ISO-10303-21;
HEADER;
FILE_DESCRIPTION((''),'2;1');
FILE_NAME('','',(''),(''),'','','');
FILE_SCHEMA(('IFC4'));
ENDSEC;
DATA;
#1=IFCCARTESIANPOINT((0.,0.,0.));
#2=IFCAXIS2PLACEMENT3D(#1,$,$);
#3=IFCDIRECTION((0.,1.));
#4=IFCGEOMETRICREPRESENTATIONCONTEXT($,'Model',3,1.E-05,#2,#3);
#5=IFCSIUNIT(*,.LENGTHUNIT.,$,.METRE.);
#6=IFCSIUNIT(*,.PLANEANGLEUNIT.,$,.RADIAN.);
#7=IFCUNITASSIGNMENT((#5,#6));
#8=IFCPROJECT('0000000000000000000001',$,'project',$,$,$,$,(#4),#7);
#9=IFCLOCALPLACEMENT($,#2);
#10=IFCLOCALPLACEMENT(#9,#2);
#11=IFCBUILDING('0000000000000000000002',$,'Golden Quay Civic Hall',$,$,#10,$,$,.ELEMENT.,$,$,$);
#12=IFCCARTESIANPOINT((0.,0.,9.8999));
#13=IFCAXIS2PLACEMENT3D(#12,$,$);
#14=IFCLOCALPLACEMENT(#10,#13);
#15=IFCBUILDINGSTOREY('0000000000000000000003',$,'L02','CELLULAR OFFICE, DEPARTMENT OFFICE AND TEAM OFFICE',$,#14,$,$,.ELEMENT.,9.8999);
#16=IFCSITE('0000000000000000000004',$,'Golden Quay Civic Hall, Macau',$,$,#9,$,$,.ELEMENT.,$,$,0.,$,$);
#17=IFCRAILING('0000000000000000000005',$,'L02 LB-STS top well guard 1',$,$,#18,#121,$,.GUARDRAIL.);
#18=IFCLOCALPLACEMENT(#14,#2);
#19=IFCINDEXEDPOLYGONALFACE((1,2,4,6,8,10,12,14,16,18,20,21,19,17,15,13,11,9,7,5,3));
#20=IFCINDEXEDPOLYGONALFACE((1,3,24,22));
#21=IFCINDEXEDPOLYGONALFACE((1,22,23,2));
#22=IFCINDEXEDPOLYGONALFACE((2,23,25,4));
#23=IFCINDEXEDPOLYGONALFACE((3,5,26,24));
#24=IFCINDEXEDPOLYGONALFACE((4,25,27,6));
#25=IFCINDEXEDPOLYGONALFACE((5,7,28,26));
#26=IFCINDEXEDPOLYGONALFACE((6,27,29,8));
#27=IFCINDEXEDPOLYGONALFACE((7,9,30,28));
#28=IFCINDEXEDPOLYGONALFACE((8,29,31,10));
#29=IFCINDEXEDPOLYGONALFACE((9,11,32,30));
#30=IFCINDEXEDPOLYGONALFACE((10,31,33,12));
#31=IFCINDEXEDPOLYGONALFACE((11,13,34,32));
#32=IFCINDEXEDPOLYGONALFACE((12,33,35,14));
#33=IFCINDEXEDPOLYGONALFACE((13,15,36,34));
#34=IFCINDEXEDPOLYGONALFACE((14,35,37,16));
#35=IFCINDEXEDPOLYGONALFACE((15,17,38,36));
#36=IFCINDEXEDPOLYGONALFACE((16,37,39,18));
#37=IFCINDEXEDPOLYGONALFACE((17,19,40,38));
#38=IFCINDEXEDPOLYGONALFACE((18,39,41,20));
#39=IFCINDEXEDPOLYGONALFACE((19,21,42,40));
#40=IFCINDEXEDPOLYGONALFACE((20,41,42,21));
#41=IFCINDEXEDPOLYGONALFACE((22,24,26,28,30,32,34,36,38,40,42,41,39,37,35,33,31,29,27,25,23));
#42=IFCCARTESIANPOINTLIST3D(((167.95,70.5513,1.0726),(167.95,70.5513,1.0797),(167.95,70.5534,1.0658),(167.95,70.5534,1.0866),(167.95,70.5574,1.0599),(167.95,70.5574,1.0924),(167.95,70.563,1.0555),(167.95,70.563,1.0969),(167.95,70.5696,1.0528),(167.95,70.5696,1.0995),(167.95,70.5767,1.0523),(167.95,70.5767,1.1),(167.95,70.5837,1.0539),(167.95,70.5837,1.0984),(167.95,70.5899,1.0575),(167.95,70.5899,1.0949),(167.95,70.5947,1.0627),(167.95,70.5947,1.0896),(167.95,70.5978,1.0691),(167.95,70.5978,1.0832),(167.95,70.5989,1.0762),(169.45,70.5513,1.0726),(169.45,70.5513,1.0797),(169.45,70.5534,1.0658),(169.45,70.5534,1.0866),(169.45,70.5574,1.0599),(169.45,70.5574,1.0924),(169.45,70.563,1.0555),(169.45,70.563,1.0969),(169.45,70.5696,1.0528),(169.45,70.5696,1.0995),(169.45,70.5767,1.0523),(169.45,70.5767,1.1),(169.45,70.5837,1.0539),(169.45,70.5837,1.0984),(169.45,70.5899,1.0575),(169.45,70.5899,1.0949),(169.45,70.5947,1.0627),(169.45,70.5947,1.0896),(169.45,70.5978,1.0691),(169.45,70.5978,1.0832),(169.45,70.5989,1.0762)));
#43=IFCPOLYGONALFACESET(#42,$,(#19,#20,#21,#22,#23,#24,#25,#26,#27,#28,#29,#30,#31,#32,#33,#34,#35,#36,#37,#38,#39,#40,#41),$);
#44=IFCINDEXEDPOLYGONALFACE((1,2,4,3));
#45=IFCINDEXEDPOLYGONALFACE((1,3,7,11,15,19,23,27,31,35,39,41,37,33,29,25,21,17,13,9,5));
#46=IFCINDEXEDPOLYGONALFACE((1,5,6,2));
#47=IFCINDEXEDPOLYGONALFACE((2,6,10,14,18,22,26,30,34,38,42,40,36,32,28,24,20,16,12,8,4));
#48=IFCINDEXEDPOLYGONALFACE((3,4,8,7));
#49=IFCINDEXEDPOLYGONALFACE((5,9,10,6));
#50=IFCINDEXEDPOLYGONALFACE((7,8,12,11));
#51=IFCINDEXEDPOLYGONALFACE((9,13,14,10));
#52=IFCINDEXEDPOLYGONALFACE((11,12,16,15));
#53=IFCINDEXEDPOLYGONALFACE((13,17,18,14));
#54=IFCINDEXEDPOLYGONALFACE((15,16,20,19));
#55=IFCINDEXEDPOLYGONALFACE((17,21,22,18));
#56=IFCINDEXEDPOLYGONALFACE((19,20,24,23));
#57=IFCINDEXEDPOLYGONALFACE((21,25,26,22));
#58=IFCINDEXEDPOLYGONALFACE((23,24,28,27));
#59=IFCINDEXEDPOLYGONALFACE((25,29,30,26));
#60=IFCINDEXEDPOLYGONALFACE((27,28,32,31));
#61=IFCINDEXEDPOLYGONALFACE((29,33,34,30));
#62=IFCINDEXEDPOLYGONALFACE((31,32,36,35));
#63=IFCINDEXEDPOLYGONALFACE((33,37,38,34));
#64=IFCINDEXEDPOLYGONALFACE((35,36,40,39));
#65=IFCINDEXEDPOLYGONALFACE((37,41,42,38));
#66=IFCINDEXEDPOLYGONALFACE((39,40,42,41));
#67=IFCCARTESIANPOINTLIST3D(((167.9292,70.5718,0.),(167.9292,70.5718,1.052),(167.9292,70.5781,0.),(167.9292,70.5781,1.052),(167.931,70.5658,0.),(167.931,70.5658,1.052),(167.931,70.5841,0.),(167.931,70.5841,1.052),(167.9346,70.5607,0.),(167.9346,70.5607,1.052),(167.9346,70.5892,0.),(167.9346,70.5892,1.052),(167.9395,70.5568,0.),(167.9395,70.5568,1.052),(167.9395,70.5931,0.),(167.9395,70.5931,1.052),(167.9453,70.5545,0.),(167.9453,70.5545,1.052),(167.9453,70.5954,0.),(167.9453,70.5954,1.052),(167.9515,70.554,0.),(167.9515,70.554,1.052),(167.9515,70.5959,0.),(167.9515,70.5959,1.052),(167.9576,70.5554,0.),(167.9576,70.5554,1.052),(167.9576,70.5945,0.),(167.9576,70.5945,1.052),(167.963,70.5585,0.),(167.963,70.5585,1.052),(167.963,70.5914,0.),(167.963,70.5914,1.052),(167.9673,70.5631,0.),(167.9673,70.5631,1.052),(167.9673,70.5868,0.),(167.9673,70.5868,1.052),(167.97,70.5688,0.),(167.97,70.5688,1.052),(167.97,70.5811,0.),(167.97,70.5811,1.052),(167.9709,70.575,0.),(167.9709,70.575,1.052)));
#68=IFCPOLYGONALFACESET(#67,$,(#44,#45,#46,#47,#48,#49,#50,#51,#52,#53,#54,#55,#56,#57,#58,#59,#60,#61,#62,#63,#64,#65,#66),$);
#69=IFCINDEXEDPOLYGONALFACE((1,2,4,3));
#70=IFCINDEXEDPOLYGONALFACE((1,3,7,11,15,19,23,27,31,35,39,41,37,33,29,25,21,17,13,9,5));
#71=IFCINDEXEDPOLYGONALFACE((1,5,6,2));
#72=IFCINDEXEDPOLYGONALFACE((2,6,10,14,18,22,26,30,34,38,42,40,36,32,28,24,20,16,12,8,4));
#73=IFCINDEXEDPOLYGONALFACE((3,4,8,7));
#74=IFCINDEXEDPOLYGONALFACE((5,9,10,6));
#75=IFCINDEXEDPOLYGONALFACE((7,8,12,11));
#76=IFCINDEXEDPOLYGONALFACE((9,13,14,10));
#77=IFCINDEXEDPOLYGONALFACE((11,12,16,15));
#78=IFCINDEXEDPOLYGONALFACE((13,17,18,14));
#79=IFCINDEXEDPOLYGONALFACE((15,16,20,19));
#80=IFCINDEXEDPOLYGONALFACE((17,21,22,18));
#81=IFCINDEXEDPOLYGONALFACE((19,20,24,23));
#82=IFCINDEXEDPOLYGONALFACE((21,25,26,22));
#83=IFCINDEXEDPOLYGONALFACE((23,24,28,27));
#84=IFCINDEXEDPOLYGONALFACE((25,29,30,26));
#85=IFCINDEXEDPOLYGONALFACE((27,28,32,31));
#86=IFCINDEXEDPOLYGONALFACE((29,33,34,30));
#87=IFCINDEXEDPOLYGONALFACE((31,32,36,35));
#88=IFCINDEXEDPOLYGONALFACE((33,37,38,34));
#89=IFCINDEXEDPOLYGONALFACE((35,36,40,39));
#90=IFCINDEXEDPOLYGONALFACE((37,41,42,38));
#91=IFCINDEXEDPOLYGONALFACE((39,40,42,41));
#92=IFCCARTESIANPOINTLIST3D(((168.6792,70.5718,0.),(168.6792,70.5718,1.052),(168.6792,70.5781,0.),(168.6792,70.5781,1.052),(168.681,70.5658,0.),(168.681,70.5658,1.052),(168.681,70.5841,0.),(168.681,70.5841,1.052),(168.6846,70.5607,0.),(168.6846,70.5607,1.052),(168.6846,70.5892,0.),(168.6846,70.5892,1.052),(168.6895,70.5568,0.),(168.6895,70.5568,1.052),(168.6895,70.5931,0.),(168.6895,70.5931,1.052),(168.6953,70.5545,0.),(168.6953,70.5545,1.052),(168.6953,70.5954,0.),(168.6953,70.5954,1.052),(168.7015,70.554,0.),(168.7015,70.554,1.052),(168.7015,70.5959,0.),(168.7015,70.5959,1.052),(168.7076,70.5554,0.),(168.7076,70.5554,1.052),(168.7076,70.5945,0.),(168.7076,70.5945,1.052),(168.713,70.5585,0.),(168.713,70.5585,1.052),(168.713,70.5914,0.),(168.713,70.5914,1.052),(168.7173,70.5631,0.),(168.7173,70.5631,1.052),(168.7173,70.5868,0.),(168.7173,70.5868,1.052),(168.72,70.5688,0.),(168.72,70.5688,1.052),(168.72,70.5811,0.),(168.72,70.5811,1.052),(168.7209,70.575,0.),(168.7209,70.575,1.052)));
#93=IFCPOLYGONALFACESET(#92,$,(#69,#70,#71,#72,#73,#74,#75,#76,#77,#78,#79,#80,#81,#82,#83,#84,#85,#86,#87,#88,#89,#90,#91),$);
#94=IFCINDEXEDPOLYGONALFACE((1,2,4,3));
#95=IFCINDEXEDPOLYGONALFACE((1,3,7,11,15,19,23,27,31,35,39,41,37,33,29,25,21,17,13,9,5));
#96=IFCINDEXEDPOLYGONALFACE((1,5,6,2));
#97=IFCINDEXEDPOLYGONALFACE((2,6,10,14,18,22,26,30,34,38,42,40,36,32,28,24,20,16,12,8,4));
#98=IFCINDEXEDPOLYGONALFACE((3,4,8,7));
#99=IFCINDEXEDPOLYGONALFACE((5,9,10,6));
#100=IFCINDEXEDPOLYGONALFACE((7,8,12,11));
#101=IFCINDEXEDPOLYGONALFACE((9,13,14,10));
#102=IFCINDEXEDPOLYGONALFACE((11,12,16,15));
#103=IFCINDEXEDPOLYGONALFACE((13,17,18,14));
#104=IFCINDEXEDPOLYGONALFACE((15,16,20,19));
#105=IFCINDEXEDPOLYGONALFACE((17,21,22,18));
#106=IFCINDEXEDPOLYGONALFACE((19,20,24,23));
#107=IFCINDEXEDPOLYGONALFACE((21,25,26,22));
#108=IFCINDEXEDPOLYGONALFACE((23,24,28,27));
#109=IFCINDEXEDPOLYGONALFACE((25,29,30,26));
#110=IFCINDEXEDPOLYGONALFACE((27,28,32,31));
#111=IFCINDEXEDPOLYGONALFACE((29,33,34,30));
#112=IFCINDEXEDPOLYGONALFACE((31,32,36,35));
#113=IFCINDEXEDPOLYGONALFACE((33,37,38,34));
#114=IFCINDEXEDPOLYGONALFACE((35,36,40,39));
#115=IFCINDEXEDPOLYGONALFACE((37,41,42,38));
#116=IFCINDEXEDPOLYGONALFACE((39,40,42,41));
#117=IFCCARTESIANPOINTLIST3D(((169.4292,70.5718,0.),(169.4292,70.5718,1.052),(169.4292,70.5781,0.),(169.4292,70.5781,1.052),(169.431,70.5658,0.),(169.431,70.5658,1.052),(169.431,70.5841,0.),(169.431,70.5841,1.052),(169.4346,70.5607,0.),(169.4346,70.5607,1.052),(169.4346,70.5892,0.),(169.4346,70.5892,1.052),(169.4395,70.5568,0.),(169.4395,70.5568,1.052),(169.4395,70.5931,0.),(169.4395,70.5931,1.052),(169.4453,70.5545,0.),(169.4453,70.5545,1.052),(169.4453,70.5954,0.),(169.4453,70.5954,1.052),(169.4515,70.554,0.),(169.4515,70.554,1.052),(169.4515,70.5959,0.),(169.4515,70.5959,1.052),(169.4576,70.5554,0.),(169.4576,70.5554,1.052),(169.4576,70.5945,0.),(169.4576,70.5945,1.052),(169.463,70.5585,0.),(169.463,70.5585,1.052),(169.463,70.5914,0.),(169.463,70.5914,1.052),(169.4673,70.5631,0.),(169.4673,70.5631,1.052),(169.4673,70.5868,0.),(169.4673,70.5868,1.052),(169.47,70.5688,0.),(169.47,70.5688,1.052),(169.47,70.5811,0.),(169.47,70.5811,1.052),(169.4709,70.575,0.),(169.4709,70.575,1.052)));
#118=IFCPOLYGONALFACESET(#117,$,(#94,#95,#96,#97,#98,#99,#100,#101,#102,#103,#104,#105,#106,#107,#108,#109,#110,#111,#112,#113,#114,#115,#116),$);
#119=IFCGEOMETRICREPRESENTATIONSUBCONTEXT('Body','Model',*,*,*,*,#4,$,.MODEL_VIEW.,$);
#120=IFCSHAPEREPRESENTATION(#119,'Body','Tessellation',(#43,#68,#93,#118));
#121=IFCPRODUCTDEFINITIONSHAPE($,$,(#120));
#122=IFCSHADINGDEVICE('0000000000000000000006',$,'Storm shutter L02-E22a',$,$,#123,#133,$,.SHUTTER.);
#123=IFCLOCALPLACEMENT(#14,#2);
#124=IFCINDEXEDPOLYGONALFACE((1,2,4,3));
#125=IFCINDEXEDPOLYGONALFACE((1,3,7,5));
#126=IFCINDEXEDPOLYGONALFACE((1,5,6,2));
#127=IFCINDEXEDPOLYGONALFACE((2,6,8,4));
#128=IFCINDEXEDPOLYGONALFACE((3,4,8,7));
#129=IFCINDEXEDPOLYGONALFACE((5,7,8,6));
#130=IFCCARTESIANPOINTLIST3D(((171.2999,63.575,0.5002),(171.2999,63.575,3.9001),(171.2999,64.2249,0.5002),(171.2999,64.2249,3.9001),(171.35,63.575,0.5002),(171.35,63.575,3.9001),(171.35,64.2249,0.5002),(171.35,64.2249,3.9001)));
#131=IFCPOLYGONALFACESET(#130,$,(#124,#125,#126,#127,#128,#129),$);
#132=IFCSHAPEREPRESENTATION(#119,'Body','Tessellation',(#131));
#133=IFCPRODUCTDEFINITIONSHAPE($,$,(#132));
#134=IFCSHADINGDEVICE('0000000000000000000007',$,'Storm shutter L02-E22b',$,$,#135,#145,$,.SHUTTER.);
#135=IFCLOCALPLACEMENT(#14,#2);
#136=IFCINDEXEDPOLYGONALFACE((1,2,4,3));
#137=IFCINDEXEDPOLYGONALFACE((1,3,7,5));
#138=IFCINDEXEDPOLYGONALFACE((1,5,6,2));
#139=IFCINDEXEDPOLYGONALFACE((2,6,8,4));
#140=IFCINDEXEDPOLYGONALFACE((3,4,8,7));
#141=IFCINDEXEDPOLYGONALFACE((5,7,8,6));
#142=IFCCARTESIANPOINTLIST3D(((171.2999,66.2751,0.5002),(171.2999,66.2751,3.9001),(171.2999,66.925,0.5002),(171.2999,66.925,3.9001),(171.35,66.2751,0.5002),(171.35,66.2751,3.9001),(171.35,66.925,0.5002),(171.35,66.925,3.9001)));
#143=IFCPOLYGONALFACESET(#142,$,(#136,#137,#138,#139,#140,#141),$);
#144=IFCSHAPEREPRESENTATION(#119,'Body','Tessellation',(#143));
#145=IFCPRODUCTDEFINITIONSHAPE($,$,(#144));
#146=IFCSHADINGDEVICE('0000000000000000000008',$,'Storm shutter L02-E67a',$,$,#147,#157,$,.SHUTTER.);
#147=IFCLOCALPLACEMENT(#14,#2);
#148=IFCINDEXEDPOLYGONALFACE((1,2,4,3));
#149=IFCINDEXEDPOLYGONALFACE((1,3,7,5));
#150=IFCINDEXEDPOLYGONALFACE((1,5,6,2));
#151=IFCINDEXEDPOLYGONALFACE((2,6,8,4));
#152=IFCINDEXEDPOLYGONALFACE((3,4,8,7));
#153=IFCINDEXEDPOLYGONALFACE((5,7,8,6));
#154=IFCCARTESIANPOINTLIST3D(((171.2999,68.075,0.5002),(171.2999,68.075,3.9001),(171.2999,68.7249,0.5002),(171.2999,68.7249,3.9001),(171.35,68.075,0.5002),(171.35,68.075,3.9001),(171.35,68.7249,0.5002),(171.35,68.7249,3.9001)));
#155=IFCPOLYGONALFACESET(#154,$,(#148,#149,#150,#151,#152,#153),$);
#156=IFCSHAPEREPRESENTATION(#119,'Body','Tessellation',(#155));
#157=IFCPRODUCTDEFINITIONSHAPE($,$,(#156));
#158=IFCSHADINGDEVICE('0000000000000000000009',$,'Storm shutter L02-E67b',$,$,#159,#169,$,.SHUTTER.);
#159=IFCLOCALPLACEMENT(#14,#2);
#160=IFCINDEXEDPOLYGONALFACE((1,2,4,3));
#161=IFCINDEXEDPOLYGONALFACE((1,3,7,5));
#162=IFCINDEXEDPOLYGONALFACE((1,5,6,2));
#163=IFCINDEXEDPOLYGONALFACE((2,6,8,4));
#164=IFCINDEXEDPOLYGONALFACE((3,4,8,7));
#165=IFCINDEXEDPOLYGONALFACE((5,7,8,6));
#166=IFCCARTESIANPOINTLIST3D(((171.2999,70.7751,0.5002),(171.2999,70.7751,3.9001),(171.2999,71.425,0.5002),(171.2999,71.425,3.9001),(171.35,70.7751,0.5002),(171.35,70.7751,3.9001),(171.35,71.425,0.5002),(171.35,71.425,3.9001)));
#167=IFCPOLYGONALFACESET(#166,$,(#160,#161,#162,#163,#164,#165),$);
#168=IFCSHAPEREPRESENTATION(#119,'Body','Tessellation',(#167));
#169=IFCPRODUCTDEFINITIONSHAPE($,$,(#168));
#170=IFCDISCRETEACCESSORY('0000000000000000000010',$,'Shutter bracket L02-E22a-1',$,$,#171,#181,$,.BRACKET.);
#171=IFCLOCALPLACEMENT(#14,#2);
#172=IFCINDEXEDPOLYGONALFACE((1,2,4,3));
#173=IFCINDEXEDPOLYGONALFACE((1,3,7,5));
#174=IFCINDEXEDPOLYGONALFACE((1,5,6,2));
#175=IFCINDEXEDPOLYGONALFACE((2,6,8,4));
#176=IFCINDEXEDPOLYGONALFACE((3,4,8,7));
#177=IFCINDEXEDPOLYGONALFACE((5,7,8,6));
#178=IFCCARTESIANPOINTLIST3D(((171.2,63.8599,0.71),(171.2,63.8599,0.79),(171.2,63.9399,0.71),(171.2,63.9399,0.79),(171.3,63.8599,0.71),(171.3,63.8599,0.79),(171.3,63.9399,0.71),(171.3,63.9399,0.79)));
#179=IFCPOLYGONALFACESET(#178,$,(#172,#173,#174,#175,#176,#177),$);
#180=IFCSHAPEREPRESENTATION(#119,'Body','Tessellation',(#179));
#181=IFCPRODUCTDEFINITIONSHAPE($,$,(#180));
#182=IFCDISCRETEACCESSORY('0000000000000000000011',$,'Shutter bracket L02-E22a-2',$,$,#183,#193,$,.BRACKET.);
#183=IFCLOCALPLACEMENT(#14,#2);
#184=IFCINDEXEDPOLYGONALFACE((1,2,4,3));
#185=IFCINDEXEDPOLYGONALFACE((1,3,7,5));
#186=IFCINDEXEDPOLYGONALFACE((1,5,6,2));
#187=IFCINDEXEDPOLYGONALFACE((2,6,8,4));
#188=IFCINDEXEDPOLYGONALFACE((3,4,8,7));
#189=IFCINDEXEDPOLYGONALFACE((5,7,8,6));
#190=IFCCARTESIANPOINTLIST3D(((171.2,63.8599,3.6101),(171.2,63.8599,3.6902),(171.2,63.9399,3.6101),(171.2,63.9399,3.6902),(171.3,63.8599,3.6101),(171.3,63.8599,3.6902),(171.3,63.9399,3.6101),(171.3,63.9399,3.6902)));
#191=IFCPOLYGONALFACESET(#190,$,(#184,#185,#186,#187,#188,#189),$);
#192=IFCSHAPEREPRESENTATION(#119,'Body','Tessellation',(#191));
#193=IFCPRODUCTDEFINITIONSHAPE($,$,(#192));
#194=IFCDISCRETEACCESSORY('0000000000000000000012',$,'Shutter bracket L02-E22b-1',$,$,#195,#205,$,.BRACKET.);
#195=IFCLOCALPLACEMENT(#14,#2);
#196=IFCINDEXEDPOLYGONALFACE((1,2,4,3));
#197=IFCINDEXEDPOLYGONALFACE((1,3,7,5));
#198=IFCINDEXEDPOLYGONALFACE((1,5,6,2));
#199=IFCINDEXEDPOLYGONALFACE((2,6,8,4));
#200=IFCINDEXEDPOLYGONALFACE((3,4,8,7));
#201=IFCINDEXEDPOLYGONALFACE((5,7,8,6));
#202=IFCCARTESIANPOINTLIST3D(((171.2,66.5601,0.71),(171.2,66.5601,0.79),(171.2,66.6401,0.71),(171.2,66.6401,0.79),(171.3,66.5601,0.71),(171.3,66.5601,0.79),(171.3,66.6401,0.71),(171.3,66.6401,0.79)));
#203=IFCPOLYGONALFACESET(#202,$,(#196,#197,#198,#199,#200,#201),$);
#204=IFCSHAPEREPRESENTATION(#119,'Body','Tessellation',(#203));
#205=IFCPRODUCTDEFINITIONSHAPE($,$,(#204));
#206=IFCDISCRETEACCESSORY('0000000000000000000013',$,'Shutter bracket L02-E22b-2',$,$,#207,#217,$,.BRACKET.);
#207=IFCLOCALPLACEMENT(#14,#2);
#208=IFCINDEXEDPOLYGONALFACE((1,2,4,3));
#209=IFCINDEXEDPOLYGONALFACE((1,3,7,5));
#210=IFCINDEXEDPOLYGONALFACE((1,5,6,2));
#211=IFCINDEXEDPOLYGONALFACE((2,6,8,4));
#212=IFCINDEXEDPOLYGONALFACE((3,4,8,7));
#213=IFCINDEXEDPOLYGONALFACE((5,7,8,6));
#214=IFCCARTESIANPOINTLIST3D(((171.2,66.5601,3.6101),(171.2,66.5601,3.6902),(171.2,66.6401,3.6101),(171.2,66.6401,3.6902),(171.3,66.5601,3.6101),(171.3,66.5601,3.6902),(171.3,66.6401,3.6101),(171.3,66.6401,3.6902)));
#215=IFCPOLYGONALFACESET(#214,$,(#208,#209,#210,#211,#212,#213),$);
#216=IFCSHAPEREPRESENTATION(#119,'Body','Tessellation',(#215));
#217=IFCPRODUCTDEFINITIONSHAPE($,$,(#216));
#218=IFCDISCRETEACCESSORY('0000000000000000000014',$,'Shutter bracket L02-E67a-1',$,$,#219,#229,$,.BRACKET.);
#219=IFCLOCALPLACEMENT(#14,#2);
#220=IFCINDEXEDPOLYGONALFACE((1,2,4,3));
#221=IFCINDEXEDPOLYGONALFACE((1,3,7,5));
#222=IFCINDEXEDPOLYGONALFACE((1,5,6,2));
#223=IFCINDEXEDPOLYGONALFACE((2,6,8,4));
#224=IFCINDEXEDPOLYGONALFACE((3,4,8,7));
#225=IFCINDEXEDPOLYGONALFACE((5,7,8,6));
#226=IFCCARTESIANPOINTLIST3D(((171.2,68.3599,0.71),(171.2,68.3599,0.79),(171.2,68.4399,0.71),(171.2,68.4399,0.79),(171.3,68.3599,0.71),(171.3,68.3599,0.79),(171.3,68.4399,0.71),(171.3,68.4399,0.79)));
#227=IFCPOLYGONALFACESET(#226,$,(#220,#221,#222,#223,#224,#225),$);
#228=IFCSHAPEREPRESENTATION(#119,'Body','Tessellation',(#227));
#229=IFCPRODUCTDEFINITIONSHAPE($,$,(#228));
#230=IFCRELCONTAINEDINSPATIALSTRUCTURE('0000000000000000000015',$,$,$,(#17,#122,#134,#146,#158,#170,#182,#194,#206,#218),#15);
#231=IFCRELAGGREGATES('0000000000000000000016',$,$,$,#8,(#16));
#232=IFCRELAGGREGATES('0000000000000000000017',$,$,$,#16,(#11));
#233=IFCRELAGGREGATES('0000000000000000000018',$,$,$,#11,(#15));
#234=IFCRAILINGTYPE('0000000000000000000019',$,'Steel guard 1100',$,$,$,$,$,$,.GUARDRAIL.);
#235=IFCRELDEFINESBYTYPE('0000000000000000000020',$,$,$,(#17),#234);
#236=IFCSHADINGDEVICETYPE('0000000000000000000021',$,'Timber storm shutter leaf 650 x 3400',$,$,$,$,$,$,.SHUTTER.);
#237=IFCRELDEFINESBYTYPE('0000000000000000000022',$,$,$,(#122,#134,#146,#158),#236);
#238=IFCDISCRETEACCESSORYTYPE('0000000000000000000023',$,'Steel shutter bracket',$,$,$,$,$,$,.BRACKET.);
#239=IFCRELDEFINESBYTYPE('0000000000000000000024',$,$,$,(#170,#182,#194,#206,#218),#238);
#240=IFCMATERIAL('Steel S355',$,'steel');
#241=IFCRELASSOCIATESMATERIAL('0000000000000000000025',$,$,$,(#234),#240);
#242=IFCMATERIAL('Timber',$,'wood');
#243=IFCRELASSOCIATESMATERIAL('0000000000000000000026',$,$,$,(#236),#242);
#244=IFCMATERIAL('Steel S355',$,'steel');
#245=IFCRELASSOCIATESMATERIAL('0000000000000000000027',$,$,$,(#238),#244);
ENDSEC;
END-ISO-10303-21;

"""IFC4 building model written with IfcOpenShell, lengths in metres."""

from ifc_helpers import new_model, si_unit, direction, frame, origin, origin_2d, place, context, subcontext, project, spatial, rectangle, circle, extrude, material, type_object, element, save


model = new_model("IFC4")

# Units and contexts
model_context = context("Model", 3, precision=1e-05, world=origin(), true_north=direction((0.0, 1.0)))
body_context = subcontext(model_context, "Body", "Model", "MODEL_VIEW")
ifc_project = project(units=[si_unit("LENGTHUNIT", "METRE"), si_unit("PLANEANGLEUNIT", "RADIAN")], contexts=[model_context])

# Site, building, storey
site_placement = place(None, origin())
site = spatial("IfcSite", under=ifc_project, at=site_placement, Name="Golden Quay Civic Hall, Macau", CompositionType="ELEMENT", RefElevation=0.0)
building_placement = place(site_placement, origin())
building = spatial("IfcBuilding", under=site, at=building_placement, Name="Golden Quay Civic Hall", CompositionType="ELEMENT")
storey_placement = place(building_placement, frame((0.0, 0.0, 9.8999)))
storey = spatial("IfcBuildingStorey", under=building, at=storey_placement, Name="L02", Description="CELLULAR OFFICE, DEPARTMENT OFFICE AND TEAM OFFICE", CompositionType="ELEMENT", Elevation=9.8999)

# Railing
ifc_material_1 = material(Name="Steel S355", Category="steel")
railing_type = type_object("IfcRailingType", Name="Steel guard 1100", PredefinedType="GUARDRAIL", material=ifc_material_1)
railing_placement = place(storey_placement, frame((167.95, 70.575, 0.0)))
element("IfcRailing", 1, at=railing_placement, inside=storey, type_object=railing_type, Name="L02 LB-STS top well guard 1", PredefinedType="GUARDRAIL", context=body_context, shape_type="SweptSolid", body=[
    extrude(circle(Radius=0.0239, at=origin_2d()), frame((0.0, 0.0, 1.0762), z_axis=(1.0, 0.0, 0.0), x_axis=(0.0, 1.0, 0.0)), (0.0, 0.0, 1.0), 1.5),
    extrude(circle(Radius=0.021, at=origin_2d()), origin(), (0.0, 0.0, 1.0), 1.052),
    extrude(circle(Radius=0.021, at=origin_2d()), frame((0.75, 0.0, 0.0)), (0.0, 0.0, 1.0), 1.052),
    extrude(circle(Radius=0.021, at=origin_2d()), frame((1.5, 0.0, 0.0)), (0.0, 0.0, 1.0), 1.052),
])

# Shading devices
ifc_material_2 = material(Name="Timber", Category="wood")
shading_device_type = type_object("IfcShadingDeviceType", Name="Timber storm shutter leaf 650 x 3400", PredefinedType="SHUTTER", material=ifc_material_2)
for number, where, z_axis, x_axis, name in (
    (2, (171.325, 63.8999, 0.5002), (0.0, 0.0, 1.0), (1.0, 0.0, 0.0), "Storm shutter L02-E22a"),
    (3, (171.325, 66.6001, 0.5002), (0.0, 0.0, 1.0), (1.0, 0.0, 0.0), "Storm shutter L02-E22b"),
    (4, (171.325, 68.3999, 0.5002), (0.0, 0.0, 1.0), (1.0, 0.0, 0.0), "Storm shutter L02-E67a"),
    (5, (171.325, 71.1001, 0.5002), (0.0, 0.0, 1.0), (1.0, 0.0, 0.0), "Storm shutter L02-E67b"),
):
    element("IfcShadingDevice", number, at=place(storey_placement, frame(where, z_axis=z_axis, x_axis=x_axis)), inside=storey, type_object=shading_device_type, Name=name, PredefinedType="SHUTTER", context=body_context, shape_type="SweptSolid", body=[
        extrude(rectangle(XDim=0.05, YDim=0.6499, at=origin_2d()), origin(), (0.0, 0.0, 1.0), 3.3999),
    ])

# Discrete accessories
ifc_material_3 = material(Name="Steel S355", Category="steel")
discrete_accessory_type = type_object("IfcDiscreteAccessoryType", Name="Steel shutter bracket", PredefinedType="BRACKET", material=ifc_material_3)
for number, where, z_axis, x_axis, name in (
    (6, (171.25, 63.8999, 0.71), (0.0, 0.0, 1.0), (1.0, 0.0, 0.0), "Shutter bracket L02-E22a-1"),
    (7, (171.25, 63.8999, 3.6101), (0.0, 0.0, 1.0), (1.0, 0.0, 0.0), "Shutter bracket L02-E22a-2"),
    (8, (171.25, 66.6001, 0.71), (0.0, 0.0, 1.0), (1.0, 0.0, 0.0), "Shutter bracket L02-E22b-1"),
    (9, (171.25, 66.6001, 3.6101), (0.0, 0.0, 1.0), (1.0, 0.0, 0.0), "Shutter bracket L02-E22b-2"),
    (10, (171.25, 68.3999, 0.71), (0.0, 0.0, 1.0), (1.0, 0.0, 0.0), "Shutter bracket L02-E67a-1"),
):
    element("IfcDiscreteAccessory", number, at=place(storey_placement, frame(where, z_axis=z_axis, x_axis=x_axis)), inside=storey, type_object=discrete_accessory_type, Name=name, PredefinedType="BRACKET", context=body_context, shape_type="SweptSolid", body=[
        extrude(rectangle(XDim=0.1001, YDim=0.0801, at=origin_2d()), origin(), (0.0, 0.0, 1.0), 0.0801),
    ])

save(model, "model.ifc")
